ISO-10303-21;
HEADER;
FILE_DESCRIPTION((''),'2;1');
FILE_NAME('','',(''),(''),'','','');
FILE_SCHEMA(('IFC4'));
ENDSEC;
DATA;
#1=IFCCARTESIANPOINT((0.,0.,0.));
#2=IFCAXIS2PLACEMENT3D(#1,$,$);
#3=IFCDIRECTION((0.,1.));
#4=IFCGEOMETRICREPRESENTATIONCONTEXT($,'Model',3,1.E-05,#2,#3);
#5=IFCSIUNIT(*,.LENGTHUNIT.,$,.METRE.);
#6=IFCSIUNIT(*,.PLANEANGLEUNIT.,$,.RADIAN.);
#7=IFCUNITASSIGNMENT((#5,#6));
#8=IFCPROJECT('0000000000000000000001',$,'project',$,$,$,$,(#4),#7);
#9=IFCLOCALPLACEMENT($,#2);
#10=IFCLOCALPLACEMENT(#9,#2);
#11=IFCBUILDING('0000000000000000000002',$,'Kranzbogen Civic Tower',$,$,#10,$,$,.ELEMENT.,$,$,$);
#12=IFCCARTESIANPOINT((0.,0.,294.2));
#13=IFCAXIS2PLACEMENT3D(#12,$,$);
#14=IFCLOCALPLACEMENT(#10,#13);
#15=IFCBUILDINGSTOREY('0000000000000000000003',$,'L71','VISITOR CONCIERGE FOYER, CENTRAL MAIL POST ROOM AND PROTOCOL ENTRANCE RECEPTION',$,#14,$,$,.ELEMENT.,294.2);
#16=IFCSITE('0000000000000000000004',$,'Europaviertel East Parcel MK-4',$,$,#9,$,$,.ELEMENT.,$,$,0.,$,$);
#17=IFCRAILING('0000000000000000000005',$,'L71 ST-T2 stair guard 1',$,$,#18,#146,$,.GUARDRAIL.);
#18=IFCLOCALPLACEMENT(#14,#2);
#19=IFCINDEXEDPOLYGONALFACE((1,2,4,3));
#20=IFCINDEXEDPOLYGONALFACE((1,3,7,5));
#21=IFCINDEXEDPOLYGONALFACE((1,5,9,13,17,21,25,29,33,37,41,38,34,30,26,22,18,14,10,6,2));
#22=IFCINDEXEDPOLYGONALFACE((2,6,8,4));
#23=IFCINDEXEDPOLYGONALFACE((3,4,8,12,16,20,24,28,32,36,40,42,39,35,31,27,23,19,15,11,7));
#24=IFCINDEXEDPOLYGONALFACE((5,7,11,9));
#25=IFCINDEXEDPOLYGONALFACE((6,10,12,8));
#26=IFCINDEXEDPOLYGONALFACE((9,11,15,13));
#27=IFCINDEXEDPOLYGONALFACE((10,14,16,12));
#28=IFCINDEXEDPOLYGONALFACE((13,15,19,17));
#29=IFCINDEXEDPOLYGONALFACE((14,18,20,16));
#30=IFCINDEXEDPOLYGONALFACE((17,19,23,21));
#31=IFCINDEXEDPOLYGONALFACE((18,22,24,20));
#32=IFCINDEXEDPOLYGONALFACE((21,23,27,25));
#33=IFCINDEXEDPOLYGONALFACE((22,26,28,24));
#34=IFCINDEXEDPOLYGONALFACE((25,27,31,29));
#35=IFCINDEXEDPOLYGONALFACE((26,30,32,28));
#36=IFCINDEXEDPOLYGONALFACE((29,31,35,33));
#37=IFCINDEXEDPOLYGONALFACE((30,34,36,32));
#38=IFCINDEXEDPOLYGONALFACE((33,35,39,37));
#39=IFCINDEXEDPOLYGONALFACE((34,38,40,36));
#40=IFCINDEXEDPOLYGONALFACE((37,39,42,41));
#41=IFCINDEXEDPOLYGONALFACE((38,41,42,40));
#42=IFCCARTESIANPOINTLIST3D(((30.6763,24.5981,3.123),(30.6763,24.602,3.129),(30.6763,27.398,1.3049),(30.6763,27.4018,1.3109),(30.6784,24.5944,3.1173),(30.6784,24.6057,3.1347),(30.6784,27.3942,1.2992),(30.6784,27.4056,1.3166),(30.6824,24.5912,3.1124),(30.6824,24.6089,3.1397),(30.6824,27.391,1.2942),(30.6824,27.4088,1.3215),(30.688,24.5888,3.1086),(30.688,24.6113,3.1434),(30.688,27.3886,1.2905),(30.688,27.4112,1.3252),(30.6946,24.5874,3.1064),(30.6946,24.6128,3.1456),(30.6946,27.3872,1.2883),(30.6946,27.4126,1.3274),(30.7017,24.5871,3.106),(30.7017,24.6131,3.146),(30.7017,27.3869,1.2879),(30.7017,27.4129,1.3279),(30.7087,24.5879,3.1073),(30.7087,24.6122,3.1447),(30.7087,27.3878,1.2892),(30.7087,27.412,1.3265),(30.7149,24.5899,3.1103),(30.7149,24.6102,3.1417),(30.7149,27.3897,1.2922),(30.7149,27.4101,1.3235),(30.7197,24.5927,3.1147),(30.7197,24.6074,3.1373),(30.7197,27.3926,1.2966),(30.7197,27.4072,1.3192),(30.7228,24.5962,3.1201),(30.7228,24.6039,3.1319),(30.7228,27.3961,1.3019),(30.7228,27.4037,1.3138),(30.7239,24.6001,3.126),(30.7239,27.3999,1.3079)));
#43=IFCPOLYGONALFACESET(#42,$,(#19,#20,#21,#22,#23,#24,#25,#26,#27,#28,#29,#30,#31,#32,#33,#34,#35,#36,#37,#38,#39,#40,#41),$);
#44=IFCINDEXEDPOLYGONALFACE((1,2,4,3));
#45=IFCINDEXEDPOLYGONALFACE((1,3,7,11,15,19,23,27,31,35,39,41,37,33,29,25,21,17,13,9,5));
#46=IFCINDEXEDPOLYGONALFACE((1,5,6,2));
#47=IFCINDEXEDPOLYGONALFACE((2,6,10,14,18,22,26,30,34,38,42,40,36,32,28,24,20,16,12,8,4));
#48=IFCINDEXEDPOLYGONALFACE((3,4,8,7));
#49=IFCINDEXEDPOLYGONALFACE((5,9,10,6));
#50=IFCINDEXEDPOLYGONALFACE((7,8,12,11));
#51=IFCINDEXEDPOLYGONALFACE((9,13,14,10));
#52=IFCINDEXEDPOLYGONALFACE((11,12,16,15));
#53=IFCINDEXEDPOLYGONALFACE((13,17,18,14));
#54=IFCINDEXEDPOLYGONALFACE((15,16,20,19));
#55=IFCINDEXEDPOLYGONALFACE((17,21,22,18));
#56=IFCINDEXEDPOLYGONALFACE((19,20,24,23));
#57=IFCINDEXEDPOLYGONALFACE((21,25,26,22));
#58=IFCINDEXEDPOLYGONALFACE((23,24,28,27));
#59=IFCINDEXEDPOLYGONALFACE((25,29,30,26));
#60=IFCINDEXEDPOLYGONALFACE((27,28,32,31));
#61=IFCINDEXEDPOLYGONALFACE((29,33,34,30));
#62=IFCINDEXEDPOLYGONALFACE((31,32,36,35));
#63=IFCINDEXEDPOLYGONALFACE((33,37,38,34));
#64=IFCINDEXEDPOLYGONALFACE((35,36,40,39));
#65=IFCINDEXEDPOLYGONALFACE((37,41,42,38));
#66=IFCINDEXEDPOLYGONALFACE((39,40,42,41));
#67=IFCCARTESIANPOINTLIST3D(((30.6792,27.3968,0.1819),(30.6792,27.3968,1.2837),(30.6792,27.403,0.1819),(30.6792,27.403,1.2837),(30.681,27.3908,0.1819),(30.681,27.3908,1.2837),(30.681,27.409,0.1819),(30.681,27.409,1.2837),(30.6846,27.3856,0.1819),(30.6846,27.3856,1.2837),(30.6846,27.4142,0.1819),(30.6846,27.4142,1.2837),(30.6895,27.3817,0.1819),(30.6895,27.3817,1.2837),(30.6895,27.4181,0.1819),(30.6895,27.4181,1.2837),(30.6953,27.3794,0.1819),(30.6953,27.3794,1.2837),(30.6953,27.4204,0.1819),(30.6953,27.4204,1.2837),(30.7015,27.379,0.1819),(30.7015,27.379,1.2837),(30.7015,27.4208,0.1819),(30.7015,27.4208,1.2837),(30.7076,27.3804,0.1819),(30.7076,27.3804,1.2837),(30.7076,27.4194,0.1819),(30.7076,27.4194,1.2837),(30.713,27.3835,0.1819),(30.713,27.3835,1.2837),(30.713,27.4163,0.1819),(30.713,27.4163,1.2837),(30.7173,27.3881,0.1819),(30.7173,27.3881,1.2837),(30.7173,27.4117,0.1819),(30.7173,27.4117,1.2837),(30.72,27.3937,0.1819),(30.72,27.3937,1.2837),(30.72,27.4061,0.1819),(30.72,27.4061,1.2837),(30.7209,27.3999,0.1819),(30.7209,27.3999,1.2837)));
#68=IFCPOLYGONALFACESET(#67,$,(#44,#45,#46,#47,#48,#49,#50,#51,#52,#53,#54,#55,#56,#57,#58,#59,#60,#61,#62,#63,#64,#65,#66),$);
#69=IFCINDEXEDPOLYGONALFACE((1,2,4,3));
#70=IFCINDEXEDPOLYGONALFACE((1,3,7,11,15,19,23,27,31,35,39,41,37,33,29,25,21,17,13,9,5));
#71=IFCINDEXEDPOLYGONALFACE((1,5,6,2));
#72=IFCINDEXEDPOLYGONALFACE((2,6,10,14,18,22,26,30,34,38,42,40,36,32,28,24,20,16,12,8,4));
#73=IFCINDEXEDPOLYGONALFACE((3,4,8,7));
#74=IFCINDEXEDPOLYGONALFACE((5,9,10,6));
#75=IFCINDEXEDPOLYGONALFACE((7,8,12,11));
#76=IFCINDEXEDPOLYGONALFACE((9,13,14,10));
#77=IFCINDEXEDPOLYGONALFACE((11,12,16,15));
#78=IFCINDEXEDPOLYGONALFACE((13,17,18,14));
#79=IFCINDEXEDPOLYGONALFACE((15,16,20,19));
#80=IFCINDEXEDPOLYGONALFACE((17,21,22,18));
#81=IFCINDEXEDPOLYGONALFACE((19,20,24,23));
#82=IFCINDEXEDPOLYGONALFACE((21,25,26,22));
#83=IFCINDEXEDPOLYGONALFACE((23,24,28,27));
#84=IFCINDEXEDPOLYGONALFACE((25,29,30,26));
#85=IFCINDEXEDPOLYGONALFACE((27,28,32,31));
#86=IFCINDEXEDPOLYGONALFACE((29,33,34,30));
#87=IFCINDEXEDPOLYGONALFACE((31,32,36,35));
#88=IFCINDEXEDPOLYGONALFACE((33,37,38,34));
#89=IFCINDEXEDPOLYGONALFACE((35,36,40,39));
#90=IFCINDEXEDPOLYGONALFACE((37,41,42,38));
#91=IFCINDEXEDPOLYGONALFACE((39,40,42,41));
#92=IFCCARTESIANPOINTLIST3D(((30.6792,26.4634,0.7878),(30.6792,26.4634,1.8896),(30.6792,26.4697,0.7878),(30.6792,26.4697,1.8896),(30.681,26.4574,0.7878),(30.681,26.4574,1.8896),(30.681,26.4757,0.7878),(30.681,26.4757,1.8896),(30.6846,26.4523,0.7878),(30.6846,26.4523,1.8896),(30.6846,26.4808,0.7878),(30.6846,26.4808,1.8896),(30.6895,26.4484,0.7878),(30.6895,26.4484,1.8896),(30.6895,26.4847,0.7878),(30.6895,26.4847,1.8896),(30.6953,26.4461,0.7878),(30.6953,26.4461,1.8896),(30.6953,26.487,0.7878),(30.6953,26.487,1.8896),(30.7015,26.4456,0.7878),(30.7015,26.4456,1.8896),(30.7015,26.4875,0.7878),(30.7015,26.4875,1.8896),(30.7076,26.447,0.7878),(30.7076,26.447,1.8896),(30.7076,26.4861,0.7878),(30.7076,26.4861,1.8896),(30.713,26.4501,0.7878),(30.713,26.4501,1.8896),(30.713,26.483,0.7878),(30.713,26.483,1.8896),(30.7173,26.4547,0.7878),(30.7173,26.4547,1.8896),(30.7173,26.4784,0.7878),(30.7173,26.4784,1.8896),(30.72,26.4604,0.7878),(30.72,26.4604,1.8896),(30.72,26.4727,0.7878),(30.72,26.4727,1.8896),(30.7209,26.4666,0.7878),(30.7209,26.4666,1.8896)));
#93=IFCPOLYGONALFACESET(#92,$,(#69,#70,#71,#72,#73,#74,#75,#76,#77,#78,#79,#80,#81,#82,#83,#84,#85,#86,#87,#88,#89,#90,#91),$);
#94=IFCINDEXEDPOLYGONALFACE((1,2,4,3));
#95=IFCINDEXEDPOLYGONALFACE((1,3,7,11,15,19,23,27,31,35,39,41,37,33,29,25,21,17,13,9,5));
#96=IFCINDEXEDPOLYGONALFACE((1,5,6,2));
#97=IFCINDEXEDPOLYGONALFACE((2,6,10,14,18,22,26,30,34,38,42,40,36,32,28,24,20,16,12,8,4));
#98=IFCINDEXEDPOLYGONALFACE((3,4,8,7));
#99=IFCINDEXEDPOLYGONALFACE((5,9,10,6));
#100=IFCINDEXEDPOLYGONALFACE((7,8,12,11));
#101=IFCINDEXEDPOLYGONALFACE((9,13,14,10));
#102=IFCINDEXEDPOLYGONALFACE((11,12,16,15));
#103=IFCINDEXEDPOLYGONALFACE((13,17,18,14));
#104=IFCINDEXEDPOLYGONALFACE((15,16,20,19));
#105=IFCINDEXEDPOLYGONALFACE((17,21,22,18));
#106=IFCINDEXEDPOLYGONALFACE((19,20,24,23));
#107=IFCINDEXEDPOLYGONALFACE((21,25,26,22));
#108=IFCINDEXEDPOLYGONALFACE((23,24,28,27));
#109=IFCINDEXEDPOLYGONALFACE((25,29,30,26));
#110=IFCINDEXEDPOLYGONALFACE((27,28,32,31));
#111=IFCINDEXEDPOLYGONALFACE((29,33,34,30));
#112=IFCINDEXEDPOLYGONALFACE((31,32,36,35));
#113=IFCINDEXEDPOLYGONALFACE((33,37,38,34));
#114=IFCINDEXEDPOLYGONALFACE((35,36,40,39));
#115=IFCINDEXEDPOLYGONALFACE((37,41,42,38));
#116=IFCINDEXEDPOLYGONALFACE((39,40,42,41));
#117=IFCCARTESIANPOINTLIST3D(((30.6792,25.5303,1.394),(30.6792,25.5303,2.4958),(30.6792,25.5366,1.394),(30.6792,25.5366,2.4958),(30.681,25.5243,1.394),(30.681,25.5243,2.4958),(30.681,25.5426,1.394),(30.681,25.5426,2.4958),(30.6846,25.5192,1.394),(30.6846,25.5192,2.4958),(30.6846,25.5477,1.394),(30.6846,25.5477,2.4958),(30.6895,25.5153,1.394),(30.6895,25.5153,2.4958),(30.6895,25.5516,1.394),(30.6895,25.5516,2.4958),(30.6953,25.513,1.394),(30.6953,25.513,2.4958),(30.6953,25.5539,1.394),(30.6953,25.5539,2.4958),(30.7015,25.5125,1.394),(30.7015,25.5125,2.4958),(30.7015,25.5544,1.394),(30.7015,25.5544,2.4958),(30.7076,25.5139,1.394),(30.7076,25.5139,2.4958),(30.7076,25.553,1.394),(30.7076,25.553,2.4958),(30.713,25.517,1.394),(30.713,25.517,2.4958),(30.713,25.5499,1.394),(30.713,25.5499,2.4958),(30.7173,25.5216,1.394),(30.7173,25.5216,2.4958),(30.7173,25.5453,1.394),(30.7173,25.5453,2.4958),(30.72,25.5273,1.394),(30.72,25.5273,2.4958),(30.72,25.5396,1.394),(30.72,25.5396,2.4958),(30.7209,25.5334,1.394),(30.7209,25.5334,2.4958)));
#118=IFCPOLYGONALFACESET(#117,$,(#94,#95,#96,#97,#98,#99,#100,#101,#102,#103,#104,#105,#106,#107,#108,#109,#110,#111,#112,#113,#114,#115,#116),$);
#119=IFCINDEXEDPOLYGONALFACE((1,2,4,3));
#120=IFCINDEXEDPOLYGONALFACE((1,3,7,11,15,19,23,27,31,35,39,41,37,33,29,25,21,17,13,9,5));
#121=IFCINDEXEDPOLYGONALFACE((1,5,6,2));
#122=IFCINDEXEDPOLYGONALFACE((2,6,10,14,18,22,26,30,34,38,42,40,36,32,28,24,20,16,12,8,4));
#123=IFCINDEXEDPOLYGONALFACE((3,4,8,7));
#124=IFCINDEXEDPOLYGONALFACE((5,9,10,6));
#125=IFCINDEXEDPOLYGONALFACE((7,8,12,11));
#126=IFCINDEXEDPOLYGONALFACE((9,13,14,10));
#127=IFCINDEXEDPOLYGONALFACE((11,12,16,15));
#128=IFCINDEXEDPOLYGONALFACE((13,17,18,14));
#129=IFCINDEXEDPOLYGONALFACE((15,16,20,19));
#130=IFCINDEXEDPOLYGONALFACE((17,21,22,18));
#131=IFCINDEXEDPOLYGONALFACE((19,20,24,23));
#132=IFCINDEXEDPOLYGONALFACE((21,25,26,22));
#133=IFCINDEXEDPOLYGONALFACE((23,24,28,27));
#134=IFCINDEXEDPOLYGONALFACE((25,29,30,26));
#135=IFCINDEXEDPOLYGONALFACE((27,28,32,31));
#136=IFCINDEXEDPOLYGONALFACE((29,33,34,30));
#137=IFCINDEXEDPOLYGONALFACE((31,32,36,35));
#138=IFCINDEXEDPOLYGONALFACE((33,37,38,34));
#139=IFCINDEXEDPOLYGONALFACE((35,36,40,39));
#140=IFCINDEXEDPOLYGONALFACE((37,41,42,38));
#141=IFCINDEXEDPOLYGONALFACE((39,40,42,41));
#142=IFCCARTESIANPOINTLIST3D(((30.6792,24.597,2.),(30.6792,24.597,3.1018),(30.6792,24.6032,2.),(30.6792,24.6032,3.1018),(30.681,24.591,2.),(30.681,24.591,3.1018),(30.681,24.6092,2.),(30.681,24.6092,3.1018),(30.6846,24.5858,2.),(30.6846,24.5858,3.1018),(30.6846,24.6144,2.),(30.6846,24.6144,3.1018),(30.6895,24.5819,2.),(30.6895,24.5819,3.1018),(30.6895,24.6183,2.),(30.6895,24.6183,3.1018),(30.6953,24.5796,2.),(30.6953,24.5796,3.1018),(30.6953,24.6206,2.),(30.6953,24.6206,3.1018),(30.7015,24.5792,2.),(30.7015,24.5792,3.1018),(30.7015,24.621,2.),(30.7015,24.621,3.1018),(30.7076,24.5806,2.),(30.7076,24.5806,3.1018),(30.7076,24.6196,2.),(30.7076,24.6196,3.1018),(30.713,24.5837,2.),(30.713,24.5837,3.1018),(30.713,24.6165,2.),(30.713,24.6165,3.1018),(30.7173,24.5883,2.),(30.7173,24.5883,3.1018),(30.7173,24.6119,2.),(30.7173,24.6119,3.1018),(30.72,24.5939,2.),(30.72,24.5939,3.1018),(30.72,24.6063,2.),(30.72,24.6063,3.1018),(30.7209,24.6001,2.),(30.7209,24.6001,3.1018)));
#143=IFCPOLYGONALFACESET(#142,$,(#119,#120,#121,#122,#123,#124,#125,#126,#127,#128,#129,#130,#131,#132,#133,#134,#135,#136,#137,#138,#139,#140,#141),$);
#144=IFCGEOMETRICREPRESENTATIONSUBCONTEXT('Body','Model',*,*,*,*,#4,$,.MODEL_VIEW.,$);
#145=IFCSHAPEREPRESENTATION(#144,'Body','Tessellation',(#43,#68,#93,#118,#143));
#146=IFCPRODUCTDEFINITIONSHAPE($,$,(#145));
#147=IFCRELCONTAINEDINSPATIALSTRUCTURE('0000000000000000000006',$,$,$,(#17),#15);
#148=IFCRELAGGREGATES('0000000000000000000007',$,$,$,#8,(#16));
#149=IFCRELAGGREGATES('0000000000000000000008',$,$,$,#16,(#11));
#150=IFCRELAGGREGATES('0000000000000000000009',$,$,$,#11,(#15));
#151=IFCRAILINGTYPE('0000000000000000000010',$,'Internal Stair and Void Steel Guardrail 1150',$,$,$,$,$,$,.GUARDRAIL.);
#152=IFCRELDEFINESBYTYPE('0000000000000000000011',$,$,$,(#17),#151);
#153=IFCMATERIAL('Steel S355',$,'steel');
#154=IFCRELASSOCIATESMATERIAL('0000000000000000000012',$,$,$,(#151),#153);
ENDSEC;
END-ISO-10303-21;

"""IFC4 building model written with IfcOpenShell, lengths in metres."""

from ifc_helpers import new_model, si_unit, direction, frame, origin, origin_2d, place, context, subcontext, project, spatial, circle, extrude, material, type_object, element, save


model = new_model("IFC4")

# Units and contexts
model_context = context("Model", 3, precision=1e-05, world=origin(), true_north=direction((0.0, 1.0)))
body_context = subcontext(model_context, "Body", "Model", "MODEL_VIEW")
ifc_project = project(units=[si_unit("LENGTHUNIT", "METRE"), si_unit("PLANEANGLEUNIT", "RADIAN")], contexts=[model_context])

# Site, building, storey
site_placement = place(None, origin())
site = spatial("IfcSite", under=ifc_project, at=site_placement, Name="Europaviertel East Parcel MK-4", CompositionType="ELEMENT", RefElevation=0.0)
building_placement = place(site_placement, origin())
building = spatial("IfcBuilding", under=site, at=building_placement, Name="Kranzbogen Civic Tower", CompositionType="ELEMENT")
storey_placement = place(building_placement, frame((0.0, 0.0, 294.2)))
storey = spatial("IfcBuildingStorey", under=building, at=storey_placement, Name="L71", Description="VISITOR CONCIERGE FOYER, CENTRAL MAIL POST ROOM AND PROTOCOL ENTRANCE RECEPTION", CompositionType="ELEMENT", Elevation=294.2)

# Shared definitions
ifc_material_1 = material(Name="Steel S355", Category="steel")

# Railing
railing_type_1 = type_object("IfcRailingType", Name="Internal Stair and Void Steel Guardrail 1150", PredefinedType="GUARDRAIL", material=ifc_material_1)
railing_1_placement = place(storey_placement, frame((30.7, 27.3999, 0.1819)))
element("IfcRailing", 1, at=railing_1_placement, inside=storey, type_object=railing_type_1, Name="L71 ST-T2 stair guard 1", PredefinedType="GUARDRAIL", context=body_context, shape_type="SweptSolid", body=[
    extrude(circle(Radius=0.0239, at=origin_2d()), frame((0.0, 0.0, 1.126), z_axis=(0.0, -0.838684, 0.544618), x_axis=(1.0, 0.0, 0.0)), (0.0, 0.0, 1.0), 3.3384),
    extrude(circle(Radius=0.021, at=origin_2d()), origin(), (0.0, 0.0, 1.0), 1.1018),
    extrude(circle(Radius=0.021, at=origin_2d()), frame((0.0, -0.9333, 0.606)), (0.0, 0.0, 1.0), 1.1018),
    extrude(circle(Radius=0.021, at=origin_2d()), frame((0.0, -1.8665, 1.2122)), (0.0, 0.0, 1.0), 1.1018),
    extrude(circle(Radius=0.021, at=origin_2d()), frame((0.0, -2.7998, 1.8181)), (0.0, 0.0, 1.0), 1.1018),
])

save(model, "model.ifc")
